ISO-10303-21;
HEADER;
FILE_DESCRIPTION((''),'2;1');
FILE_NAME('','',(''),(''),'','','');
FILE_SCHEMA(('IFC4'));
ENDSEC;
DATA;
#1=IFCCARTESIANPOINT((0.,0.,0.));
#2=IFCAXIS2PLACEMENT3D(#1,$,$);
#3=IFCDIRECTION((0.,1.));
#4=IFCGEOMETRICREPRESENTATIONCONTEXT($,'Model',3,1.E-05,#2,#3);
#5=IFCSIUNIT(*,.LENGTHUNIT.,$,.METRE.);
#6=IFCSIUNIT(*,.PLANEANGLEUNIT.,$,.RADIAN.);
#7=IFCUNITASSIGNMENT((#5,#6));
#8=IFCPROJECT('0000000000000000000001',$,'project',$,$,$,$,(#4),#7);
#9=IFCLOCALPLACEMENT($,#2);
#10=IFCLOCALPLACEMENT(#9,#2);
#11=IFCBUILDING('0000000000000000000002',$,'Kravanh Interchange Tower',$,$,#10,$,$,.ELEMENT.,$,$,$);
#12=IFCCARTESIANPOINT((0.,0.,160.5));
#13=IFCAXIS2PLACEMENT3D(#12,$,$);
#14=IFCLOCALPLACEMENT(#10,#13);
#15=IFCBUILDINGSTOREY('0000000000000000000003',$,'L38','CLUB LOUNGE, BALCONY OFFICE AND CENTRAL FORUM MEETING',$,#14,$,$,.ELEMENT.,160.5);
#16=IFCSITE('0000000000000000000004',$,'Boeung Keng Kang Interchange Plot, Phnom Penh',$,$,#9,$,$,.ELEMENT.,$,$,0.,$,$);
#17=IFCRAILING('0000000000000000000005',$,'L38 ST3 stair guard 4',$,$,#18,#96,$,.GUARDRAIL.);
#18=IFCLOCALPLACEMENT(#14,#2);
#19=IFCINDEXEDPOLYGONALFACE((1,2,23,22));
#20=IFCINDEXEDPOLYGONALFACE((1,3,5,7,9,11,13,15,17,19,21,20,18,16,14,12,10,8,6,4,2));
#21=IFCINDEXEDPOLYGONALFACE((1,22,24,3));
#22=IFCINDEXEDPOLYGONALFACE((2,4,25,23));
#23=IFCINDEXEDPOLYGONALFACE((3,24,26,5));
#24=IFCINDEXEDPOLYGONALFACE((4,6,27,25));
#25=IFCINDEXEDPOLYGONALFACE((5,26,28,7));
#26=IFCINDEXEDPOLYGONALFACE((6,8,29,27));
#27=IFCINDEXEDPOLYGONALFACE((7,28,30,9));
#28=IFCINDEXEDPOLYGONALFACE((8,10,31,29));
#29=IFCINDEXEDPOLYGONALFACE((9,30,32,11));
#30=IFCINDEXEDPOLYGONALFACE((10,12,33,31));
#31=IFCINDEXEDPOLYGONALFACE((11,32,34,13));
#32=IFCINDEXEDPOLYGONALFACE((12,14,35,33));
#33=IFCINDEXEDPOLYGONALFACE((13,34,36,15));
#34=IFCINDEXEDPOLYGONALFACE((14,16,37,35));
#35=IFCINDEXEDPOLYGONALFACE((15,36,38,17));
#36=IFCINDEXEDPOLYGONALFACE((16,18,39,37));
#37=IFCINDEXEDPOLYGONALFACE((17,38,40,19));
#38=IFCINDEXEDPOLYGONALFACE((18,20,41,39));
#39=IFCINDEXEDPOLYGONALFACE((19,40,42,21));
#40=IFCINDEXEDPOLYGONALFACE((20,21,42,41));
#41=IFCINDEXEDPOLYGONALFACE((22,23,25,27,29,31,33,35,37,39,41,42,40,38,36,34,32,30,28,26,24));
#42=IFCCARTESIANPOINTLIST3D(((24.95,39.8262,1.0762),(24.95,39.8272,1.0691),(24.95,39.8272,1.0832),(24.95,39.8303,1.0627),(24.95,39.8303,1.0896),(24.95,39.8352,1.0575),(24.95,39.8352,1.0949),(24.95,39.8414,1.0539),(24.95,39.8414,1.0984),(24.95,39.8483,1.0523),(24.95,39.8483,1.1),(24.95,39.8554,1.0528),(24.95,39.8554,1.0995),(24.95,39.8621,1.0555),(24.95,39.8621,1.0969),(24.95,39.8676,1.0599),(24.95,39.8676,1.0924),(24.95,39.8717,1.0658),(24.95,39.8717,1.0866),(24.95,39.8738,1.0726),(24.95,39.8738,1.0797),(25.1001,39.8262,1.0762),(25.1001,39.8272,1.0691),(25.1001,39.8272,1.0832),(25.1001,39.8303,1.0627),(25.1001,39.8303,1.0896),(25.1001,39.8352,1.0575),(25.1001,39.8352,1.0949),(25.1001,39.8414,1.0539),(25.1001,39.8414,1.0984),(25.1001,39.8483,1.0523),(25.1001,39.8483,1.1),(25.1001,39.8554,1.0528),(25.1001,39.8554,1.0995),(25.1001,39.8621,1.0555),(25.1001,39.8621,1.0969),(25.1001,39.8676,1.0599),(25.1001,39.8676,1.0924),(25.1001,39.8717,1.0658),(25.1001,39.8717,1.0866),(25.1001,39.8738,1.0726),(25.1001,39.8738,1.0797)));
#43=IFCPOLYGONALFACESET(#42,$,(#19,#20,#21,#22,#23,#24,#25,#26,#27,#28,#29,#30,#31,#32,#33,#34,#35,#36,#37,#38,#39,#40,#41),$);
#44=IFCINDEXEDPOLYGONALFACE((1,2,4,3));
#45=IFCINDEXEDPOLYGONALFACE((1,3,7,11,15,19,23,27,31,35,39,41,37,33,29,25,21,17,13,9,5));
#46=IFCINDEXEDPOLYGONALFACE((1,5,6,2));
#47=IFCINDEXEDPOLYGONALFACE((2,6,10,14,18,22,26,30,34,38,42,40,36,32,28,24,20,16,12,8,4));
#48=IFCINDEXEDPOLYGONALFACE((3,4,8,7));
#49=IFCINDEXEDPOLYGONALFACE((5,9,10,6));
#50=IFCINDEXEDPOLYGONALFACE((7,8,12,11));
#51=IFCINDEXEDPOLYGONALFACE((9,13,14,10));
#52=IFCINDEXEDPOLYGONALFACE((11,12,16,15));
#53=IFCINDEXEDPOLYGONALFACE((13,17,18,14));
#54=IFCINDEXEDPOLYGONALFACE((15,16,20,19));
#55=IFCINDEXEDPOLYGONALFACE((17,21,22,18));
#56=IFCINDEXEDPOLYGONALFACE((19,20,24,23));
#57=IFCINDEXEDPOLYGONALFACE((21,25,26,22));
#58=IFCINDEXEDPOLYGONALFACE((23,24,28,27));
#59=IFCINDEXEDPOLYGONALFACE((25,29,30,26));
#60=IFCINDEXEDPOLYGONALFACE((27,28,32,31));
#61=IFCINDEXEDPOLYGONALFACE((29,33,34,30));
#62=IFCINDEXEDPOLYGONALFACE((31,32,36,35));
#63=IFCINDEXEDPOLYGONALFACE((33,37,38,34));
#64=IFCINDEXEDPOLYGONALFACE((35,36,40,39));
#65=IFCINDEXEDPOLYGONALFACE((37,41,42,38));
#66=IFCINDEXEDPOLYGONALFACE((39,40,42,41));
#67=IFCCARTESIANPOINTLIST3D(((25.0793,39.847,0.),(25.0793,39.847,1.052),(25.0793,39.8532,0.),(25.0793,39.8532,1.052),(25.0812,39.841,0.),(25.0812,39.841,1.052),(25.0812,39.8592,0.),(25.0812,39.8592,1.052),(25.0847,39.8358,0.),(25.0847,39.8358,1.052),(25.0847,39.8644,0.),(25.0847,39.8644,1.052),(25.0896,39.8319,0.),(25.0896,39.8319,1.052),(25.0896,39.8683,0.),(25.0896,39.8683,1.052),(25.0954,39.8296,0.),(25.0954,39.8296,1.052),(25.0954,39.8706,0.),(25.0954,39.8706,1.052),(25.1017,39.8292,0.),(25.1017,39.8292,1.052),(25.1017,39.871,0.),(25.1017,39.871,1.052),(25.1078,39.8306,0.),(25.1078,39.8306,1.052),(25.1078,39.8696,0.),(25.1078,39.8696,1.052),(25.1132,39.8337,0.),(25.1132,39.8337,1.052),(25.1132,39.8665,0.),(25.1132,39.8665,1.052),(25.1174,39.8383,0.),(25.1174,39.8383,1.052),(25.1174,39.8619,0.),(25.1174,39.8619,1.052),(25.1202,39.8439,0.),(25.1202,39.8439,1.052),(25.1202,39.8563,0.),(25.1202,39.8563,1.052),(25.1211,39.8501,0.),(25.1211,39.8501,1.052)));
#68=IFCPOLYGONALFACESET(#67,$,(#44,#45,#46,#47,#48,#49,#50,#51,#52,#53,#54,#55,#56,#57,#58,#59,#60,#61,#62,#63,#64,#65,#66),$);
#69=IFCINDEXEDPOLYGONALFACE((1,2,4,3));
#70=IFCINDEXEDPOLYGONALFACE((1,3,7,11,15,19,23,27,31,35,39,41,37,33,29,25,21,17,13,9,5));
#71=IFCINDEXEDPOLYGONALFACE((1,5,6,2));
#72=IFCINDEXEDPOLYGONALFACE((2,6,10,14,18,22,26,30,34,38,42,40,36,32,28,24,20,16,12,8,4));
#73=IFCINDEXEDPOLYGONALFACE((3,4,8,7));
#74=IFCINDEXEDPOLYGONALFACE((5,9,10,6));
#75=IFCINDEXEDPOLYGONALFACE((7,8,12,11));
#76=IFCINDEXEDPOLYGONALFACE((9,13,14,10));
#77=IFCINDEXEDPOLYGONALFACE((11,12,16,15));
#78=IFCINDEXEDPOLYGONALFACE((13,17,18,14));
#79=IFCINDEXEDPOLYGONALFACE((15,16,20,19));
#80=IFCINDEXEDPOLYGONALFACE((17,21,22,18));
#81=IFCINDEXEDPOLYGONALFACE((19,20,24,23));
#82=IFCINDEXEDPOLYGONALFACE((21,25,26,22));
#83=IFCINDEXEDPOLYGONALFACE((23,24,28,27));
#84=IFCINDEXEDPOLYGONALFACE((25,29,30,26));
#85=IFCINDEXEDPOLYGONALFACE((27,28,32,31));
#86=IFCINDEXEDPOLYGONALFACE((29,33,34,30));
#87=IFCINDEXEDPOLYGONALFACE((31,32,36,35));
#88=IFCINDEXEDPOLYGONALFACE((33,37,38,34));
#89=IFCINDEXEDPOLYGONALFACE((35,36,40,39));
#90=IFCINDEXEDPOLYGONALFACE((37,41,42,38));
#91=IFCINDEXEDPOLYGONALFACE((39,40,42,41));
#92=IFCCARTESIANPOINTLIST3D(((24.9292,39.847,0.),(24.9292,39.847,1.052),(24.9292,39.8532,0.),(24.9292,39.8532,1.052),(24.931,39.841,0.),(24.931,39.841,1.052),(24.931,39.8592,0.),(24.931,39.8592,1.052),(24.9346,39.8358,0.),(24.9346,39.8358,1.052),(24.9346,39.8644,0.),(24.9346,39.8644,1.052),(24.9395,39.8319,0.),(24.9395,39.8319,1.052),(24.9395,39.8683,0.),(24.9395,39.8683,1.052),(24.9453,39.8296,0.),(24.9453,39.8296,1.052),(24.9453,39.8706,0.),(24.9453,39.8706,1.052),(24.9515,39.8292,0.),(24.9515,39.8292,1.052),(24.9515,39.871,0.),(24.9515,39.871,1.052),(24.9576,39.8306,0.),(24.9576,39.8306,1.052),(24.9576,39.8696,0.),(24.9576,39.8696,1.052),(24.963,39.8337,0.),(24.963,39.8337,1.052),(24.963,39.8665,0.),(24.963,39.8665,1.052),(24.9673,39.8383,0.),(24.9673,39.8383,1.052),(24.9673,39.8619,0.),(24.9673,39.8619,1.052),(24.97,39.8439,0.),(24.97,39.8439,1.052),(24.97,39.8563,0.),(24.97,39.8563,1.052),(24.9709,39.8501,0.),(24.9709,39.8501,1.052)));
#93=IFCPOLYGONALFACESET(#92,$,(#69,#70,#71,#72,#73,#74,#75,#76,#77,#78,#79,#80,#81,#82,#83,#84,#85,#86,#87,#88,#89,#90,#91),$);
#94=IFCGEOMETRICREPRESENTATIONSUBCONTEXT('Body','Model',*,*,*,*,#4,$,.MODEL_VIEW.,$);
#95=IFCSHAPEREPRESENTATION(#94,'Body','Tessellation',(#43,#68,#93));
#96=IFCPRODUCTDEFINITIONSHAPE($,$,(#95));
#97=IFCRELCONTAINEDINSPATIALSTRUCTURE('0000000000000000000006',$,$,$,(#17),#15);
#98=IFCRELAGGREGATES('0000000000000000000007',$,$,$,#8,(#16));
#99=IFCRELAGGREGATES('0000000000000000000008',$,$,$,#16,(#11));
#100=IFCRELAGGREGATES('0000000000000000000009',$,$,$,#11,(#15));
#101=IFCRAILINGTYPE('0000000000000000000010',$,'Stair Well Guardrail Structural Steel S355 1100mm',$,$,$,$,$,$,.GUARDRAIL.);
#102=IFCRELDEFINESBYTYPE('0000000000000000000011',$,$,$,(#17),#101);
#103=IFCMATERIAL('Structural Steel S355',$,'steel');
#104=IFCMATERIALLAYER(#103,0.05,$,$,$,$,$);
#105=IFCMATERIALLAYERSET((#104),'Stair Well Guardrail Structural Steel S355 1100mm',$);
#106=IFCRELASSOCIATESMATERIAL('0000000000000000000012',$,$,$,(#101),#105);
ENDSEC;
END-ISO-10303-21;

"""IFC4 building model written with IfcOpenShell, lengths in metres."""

from ifc_helpers import new_model, si_unit, direction, frame, origin, origin_2d, place, context, subcontext, project, spatial, circle, extrude, material, layer, layer_set, type_object, element, save


model = new_model("IFC4")

# Units and contexts
model_context = context("Model", 3, precision=1e-05, world=origin(), true_north=direction((0.0, 1.0)))
body_context = subcontext(model_context, "Body", "Model", "MODEL_VIEW")
ifc_project = project(units=[si_unit("LENGTHUNIT", "METRE"), si_unit("PLANEANGLEUNIT", "RADIAN")], contexts=[model_context])

# Site, building, storey
site_placement = place(None, origin())
site = spatial("IfcSite", under=ifc_project, at=site_placement, Name="Boeung Keng Kang Interchange Plot, Phnom Penh", CompositionType="ELEMENT", RefElevation=0.0)
building_placement = place(site_placement, origin())
building = spatial("IfcBuilding", under=site, at=building_placement, Name="Kravanh Interchange Tower", CompositionType="ELEMENT")
storey_placement = place(building_placement, frame((0.0, 0.0, 160.5)))
storey = spatial("IfcBuildingStorey", under=building, at=storey_placement, Name="L38", Description="CLUB LOUNGE, BALCONY OFFICE AND CENTRAL FORUM MEETING", CompositionType="ELEMENT", Elevation=160.5)

# Railing
ifc_material_1 = material(Name="Structural Steel S355", Category="steel")
ifc_layer_1 = layer(ifc_material_1, 0.05)
ifc_layer_set_1 = layer_set([ifc_layer_1], Name="Stair Well Guardrail Structural Steel S355 1100mm")
railing_type_1 = type_object("IfcRailingType", Name="Stair Well Guardrail Structural Steel S355 1100mm", PredefinedType="GUARDRAIL", material=ifc_layer_set_1)
railing_1_placement = place(storey_placement, frame((25.1001, 39.8501, 0.0)))
element("IfcRailing", 1, at=railing_1_placement, inside=storey, type_object=railing_type_1, Name="L38 ST3 stair guard 4", PredefinedType="GUARDRAIL", context=body_context, shape_type="SweptSolid", body=[
    extrude(circle(Radius=0.0239, at=origin_2d()), frame((0.0, 0.0, 1.0762), z_axis=(-1.0, 0.0, 0.0), x_axis=(0.0, -1.0, 0.0)), (0.0, 0.0, 1.0), 0.1501),
    extrude(circle(Radius=0.021, at=origin_2d()), origin(), (0.0, 0.0, 1.0), 1.052),
    extrude(circle(Radius=0.021, at=origin_2d()), frame((-0.1501, 0.0, 0.0)), (0.0, 0.0, 1.0), 1.052),
])

save(model, "model.ifc")
